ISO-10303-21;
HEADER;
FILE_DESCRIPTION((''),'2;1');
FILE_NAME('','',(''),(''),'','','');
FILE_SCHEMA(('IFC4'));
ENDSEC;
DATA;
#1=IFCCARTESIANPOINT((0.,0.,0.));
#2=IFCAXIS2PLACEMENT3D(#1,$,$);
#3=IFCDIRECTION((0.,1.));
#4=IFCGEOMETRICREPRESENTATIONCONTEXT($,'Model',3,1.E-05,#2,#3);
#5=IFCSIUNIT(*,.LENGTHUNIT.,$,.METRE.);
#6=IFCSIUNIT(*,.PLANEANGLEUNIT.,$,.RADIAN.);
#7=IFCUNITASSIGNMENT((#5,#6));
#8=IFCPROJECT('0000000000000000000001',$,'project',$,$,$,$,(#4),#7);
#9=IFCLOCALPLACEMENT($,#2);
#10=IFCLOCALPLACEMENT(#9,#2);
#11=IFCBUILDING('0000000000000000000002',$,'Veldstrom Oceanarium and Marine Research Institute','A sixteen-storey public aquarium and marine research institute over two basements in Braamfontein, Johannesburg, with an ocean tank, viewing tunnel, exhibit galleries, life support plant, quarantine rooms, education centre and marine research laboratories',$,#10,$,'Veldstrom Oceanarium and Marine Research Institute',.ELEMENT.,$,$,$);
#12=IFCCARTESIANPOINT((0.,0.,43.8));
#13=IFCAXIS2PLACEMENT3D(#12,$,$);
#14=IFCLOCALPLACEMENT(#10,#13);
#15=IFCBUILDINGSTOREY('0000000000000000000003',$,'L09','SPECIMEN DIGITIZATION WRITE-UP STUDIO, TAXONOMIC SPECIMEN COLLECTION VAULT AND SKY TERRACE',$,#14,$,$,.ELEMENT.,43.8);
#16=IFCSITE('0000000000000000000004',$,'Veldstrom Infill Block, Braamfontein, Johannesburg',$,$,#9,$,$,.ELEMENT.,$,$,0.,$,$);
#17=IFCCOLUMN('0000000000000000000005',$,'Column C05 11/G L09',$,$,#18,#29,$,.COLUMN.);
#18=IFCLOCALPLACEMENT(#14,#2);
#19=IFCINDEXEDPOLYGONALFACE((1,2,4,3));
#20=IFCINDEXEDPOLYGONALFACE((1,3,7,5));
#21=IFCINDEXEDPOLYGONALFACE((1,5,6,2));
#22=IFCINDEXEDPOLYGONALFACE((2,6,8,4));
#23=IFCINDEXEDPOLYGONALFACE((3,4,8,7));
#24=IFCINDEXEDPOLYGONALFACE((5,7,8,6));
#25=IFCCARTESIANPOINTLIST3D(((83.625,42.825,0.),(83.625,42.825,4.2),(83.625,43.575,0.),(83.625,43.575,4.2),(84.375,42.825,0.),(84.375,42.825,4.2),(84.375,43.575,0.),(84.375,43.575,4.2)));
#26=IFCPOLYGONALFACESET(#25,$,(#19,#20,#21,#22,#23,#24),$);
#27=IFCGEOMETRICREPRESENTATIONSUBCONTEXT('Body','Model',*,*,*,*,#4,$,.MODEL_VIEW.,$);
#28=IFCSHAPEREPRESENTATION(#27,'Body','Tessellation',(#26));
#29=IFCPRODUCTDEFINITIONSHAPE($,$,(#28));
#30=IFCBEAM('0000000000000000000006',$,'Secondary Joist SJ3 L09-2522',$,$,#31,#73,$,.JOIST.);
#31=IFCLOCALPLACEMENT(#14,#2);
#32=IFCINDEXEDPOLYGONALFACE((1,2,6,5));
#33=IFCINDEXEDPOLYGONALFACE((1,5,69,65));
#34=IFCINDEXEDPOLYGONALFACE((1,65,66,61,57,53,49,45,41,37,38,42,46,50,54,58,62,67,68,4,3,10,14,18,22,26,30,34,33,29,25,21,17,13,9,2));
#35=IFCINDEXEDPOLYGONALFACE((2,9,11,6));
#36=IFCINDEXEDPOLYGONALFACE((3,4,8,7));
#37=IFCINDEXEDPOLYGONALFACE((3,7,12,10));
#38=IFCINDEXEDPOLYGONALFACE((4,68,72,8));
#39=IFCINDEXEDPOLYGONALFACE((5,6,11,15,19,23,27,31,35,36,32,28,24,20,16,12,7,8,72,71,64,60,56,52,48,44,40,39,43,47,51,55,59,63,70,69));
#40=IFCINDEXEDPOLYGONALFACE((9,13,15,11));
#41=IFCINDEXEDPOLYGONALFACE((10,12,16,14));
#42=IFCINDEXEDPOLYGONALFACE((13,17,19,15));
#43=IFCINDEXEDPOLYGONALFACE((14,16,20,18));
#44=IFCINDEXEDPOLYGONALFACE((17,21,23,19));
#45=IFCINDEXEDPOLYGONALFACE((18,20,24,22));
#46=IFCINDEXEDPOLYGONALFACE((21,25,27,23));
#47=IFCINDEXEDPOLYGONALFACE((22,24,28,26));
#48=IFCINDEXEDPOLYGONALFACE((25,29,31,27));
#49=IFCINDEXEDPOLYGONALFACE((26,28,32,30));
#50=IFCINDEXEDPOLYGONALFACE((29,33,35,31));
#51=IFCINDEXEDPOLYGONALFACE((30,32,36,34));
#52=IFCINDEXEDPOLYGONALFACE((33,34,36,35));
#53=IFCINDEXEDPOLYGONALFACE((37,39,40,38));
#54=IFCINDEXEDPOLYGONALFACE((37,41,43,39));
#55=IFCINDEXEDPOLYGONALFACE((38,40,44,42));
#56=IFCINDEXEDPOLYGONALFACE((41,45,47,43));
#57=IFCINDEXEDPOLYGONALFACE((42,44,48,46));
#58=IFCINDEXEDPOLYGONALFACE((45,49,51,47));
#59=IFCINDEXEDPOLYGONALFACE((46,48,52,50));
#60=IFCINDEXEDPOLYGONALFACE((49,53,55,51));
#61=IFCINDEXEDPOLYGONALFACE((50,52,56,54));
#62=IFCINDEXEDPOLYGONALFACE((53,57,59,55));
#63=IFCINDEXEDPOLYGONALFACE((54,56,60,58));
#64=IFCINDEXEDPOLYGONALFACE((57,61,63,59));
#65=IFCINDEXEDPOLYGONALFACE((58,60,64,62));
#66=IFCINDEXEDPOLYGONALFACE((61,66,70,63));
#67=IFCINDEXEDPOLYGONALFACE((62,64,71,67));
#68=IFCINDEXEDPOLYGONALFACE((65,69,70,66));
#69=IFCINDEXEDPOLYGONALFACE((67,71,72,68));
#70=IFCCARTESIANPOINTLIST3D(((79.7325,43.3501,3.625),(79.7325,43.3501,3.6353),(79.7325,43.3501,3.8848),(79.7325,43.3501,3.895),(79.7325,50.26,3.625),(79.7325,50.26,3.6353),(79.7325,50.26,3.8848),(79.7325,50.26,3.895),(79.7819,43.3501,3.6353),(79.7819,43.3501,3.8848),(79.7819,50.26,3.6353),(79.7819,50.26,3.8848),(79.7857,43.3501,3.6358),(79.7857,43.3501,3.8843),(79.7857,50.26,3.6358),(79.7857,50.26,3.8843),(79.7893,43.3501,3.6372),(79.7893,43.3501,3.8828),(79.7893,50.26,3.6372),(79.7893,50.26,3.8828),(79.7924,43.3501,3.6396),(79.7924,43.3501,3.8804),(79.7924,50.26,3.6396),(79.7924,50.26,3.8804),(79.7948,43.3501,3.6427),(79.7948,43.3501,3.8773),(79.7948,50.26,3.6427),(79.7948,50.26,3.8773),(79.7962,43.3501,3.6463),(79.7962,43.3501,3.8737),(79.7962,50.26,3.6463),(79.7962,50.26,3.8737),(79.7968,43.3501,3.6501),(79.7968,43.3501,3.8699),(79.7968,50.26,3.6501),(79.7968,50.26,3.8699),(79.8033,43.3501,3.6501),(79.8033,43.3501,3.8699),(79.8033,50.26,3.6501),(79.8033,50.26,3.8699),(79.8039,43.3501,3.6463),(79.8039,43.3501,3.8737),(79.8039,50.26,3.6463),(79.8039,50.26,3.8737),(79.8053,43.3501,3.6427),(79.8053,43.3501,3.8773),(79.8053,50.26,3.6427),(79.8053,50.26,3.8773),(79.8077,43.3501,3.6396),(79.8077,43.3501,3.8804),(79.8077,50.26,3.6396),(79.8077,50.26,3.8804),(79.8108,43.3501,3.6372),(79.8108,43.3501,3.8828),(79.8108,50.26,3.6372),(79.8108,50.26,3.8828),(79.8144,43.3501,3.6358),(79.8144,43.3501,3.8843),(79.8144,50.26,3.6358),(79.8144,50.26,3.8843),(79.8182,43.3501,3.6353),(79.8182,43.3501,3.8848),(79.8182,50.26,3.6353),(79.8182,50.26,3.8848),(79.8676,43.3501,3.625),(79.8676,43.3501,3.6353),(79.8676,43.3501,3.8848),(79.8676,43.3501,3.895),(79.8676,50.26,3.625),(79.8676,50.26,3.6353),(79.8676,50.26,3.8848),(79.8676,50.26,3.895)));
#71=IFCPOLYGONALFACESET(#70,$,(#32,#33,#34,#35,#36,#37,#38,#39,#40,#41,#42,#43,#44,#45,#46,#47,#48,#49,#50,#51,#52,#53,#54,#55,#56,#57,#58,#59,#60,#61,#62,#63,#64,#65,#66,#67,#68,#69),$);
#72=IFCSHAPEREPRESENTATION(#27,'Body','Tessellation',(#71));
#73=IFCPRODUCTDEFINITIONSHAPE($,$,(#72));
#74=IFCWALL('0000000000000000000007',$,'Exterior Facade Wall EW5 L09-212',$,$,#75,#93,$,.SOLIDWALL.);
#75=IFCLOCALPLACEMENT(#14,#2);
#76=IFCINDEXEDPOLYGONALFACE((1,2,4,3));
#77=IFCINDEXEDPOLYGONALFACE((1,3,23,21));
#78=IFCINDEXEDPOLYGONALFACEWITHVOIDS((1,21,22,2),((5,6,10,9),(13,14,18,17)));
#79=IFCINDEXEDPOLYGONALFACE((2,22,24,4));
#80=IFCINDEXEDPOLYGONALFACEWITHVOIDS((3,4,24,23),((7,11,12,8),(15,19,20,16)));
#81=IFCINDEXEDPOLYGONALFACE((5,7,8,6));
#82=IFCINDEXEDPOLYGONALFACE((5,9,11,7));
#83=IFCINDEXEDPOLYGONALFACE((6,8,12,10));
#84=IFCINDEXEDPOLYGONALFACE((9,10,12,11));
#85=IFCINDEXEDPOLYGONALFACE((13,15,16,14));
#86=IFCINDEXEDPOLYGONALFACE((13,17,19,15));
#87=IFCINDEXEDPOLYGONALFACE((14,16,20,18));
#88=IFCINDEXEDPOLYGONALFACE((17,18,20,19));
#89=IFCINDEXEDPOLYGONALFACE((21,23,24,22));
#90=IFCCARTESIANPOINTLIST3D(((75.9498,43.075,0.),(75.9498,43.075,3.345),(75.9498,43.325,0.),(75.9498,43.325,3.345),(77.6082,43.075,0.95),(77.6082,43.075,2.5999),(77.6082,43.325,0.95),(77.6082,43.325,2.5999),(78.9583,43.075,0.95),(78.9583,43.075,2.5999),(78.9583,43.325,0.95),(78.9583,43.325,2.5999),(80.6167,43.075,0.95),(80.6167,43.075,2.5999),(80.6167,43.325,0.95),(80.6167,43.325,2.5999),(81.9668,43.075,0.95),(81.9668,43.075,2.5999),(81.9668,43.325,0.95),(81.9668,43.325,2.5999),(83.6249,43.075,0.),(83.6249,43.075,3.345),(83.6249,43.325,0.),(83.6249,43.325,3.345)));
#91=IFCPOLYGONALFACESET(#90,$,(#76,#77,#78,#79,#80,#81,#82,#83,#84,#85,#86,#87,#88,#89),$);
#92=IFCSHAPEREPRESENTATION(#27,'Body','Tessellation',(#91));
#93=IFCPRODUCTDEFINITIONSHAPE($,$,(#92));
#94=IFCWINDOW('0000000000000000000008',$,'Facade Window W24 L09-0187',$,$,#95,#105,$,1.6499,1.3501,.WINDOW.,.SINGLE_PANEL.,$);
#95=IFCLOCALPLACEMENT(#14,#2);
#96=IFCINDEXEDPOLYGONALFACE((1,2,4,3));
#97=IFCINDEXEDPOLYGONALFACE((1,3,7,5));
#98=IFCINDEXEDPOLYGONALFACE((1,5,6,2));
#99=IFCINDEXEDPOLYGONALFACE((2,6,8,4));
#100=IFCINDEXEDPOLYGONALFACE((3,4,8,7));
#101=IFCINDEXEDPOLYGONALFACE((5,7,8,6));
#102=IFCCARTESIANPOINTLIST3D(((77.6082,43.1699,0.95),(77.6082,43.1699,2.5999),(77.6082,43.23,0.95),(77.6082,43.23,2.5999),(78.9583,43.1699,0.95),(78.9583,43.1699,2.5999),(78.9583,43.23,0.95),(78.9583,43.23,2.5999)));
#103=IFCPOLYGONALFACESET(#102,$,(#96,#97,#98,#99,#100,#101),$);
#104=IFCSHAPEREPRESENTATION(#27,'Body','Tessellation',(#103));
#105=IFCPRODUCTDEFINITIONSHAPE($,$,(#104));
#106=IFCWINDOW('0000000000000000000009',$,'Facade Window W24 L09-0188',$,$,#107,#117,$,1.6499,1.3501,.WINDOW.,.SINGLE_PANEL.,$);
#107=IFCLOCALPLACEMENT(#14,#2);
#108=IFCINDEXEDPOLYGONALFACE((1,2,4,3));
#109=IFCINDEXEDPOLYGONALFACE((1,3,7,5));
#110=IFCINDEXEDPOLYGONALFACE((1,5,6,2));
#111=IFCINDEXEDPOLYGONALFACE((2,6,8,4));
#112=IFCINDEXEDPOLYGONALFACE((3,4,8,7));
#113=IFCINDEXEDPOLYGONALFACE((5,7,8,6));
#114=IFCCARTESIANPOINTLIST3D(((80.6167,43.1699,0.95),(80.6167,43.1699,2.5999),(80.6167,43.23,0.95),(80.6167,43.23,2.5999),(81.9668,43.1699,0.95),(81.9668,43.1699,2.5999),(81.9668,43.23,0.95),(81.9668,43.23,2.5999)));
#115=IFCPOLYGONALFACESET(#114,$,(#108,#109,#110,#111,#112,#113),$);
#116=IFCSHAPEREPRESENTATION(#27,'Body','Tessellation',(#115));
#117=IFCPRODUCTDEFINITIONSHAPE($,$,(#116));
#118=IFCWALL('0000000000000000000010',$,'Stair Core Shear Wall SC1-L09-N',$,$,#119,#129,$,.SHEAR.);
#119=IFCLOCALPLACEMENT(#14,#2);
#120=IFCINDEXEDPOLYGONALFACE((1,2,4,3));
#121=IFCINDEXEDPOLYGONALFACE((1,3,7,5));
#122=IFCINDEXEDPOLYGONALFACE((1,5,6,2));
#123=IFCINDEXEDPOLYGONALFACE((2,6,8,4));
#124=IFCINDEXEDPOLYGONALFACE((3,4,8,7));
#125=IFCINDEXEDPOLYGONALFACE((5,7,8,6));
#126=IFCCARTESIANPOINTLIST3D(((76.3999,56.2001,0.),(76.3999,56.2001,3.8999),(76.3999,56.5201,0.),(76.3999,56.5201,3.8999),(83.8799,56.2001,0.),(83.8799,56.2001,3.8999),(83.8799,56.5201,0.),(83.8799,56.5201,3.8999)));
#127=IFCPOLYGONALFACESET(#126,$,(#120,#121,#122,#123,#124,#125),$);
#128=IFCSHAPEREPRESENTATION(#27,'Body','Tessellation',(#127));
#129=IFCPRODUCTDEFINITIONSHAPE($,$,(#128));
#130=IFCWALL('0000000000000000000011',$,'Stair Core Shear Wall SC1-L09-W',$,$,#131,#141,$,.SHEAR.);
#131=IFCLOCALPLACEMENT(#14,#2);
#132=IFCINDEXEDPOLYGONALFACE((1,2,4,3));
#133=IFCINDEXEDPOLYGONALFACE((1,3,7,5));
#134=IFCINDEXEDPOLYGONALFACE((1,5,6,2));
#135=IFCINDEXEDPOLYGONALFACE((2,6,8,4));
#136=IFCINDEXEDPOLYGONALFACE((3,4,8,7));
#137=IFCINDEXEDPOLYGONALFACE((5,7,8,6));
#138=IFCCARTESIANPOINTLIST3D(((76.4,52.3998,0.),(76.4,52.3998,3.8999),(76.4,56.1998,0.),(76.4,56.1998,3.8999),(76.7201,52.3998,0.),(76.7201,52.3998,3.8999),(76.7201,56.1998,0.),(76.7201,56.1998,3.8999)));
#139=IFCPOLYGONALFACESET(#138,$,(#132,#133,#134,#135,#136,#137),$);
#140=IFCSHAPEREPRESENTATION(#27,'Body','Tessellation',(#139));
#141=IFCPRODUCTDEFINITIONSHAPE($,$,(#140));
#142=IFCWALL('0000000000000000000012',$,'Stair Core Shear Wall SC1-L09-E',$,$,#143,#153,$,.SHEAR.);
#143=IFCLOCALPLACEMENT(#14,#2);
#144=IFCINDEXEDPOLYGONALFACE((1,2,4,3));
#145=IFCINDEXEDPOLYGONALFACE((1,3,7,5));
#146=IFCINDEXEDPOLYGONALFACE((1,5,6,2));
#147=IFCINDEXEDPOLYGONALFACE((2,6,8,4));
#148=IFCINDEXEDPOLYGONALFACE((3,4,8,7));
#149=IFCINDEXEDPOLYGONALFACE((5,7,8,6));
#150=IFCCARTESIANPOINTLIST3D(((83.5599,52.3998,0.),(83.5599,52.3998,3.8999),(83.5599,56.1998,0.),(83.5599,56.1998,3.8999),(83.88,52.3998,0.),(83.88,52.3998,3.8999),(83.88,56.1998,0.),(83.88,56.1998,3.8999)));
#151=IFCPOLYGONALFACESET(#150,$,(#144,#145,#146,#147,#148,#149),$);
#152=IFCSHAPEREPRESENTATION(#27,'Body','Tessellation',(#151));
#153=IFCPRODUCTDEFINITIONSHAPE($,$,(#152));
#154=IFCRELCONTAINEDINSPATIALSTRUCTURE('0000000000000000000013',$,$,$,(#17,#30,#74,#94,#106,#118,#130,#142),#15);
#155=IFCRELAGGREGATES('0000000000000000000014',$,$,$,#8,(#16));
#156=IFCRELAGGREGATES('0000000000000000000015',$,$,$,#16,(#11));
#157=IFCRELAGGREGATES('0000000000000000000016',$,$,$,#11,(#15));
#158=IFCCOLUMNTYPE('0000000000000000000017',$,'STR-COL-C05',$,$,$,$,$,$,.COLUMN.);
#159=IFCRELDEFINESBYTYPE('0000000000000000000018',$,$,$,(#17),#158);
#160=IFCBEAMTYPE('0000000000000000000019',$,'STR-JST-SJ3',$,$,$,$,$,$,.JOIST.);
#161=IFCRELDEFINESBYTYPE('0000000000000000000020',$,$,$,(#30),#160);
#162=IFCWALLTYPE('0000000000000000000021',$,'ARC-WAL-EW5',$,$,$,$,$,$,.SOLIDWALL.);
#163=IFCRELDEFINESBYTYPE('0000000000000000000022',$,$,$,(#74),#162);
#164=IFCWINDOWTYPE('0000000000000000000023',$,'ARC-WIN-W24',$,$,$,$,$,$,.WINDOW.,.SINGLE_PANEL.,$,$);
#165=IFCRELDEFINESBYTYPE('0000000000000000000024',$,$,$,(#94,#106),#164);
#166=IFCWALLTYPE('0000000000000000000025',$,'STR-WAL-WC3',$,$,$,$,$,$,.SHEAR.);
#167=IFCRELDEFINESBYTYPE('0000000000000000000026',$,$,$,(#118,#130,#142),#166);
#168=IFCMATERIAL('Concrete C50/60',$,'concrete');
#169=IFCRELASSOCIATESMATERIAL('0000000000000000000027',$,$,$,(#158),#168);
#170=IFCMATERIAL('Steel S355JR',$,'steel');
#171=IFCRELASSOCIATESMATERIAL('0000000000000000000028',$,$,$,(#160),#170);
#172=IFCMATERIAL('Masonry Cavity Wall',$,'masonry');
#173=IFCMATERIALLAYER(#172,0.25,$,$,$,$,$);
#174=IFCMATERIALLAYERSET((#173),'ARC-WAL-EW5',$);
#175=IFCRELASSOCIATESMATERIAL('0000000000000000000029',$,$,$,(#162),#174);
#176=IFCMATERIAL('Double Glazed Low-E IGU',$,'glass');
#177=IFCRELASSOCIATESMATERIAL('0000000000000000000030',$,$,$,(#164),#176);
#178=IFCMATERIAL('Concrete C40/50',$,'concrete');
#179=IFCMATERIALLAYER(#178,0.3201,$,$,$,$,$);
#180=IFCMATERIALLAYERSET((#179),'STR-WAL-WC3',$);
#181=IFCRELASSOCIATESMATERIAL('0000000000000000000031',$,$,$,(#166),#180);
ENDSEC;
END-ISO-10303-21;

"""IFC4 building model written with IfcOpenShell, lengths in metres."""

from ifc_helpers import new_model, si_unit, direction, frame, frame_2d, origin, origin_2d, place, context, subcontext, project, spatial, rectangle, i_section, extrude, material, layer, layer_set, material_profile, profile_set, type_object, element, fill, save


model = new_model("IFC4")

# Units and contexts
model_context = context("Model", 3, precision=1e-05, world=origin(), true_north=direction((0.0, 1.0)))
body_context = subcontext(model_context, "Body", "Model", "MODEL_VIEW")
ifc_project = project(units=[si_unit("LENGTHUNIT", "METRE"), si_unit("PLANEANGLEUNIT", "RADIAN")], contexts=[model_context])

# Site, building, storey
site_placement = place(None, origin())
site = spatial("IfcSite", under=ifc_project, at=site_placement, Name="Veldstrom Infill Block, Braamfontein, Johannesburg", CompositionType="ELEMENT", RefElevation=0.0)
building_placement = place(site_placement, origin())
building = spatial("IfcBuilding", under=site, at=building_placement, Name="Veldstrom Oceanarium and Marine Research Institute", Description="A sixteen-storey public aquarium and marine research institute over two basements in Braamfontein, Johannesburg, with an ocean tank, viewing tunnel, exhibit galleries, life support plant, quarantine rooms, education centre and marine research laboratories", LongName="Veldstrom Oceanarium and Marine Research Institute", CompositionType="ELEMENT")
storey_placement = place(building_placement, frame((0.0, 0.0, 43.8)))
storey = spatial("IfcBuildingStorey", under=building, at=storey_placement, Name="L09", Description="SPECIMEN DIGITIZATION WRITE-UP STUDIO, TAXONOMIC SPECIMEN COLLECTION VAULT AND SKY TERRACE", CompositionType="ELEMENT", Elevation=43.8)

# Column
ifc_material_1 = material(Name="Concrete C50/60", Category="concrete")
ifc_material_profile_1 = material_profile(ifc_material_1, rectangle(XDim=0.75, YDim=0.75, at=origin_2d()), Name="RC-COL-750x750")
ifc_profile_set_1 = profile_set([ifc_material_profile_1], Name="Concrete C50/60")
column_type = type_object("IfcColumnType", Name="STR-COL-C05", PredefinedType="COLUMN", material=ifc_profile_set_1)
column_placement = place(storey_placement, frame((84.0, 43.2, 0.0), z_axis=(0.0, 0.0, 1.0), x_axis=(1.0, 0.0, 0.0)))
element("IfcColumn", 1, at=column_placement, inside=storey, type_object=column_type, Name="Column C05 11/G L09", PredefinedType="COLUMN", context=body_context, shape_type="SweptSolid", body=[
    extrude(rectangle(XDim=0.75, YDim=0.75, at=origin_2d()), origin(), (0.0, 0.0, 1.0), 4.2),
])

# Beam
ifc_material_2 = material(Name="Steel S355JR", Category="steel")
ifc_material_profile_2 = material_profile(ifc_material_2, i_section(OverallWidth=0.135, OverallDepth=0.27, WebThickness=0.0066, FlangeThickness=0.0103, FilletRadius=0.0149, at=origin_2d()), Name="IPE 270")
ifc_profile_set_2 = profile_set([ifc_material_profile_2], Name="Steel S355JR")
beam_type = type_object("IfcBeamType", Name="STR-JST-SJ3", PredefinedType="JOIST", material=ifc_profile_set_2)
beam_placement = place(storey_placement, frame((79.8, 43.3501, 3.76), z_axis=(0.0, 1.0, 0.0), x_axis=(-1.0, 0.0, 0.0)))
element("IfcBeam", 2, at=beam_placement, inside=storey, type_object=beam_type, Name="Secondary Joist SJ3 L09-2522", PredefinedType="JOIST", context=body_context, shape_type="SweptSolid", body=[
    extrude(i_section(OverallWidth=0.135, OverallDepth=0.27, WebThickness=0.0066, FlangeThickness=0.0103, FilletRadius=0.0149, at=origin_2d()), origin(), (0.0, 0.0, 1.0), 6.9099),
])

# Wall, openings, windows
ifc_material_3 = material(Name="Masonry Cavity Wall", Category="masonry")
ifc_layer_1 = layer(ifc_material_3, 0.25)
ifc_layer_set_1 = layer_set([ifc_layer_1], Name="ARC-WAL-EW5")
wall_type_1 = type_object("IfcWallType", Name="ARC-WAL-EW5", PredefinedType="SOLIDWALL", material=ifc_layer_set_1)
wall_1_placement = place(storey_placement, frame((75.95, 43.2, 0.0), z_axis=(0.0, 0.0, 1.0), x_axis=(1.0, 0.0, 0.0)))
wall_1 = element("IfcWall", 3, at=wall_1_placement, inside=storey, type_object=wall_type_1, Name="Exterior Facade Wall EW5 L09-212", PredefinedType="SOLIDWALL", context=body_context, shape_type="SweptSolid", body=[
    extrude(rectangle(XDim=7.675, YDim=0.25, at=frame_2d((3.8374, 0.0))), origin(), (0.0, 0.0, 1.0), 3.345),
])
opening_1_placement = place(wall_1_placement, frame((1.6582, 0.0, 0.95)))
opening_1 = element("IfcOpeningElement", 4, at=opening_1_placement, cuts=wall_1, PredefinedType="OPENING", context=body_context, shape_type="SweptSolid", body=[
    extrude(rectangle(XDim=1.3501, YDim=1.6499, at=frame_2d((0.675, 0.825))), frame((0.0, 0.135, 0.0), z_axis=(0.0, -1.0, 0.0), x_axis=(1.0, 0.0, 0.0)), (0.0, 0.0, 1.0), 0.27),
])
opening_2_placement = place(wall_1_placement, frame((4.6667, 0.0, 0.95)))
opening_2 = element("IfcOpeningElement", 5, at=opening_2_placement, cuts=wall_1, PredefinedType="OPENING", context=body_context, shape_type="SweptSolid", body=[
    extrude(rectangle(XDim=1.3501, YDim=1.6499, at=frame_2d((0.675, 0.825))), frame((0.0, 0.135, 0.0), z_axis=(0.0, -1.0, 0.0), x_axis=(1.0, 0.0, 0.0)), (0.0, 0.0, 1.0), 0.27),
])
ifc_material_4 = material(Name="Double Glazed Low-E IGU", Category="glass")
window_type = type_object("IfcWindowType", Name="ARC-WIN-W24", PartitioningType="SINGLE_PANEL", PredefinedType="WINDOW", material=ifc_material_4)
window_1_placement = place(opening_1_placement, origin())
window_1 = element("IfcWindow", 6, at=window_1_placement, inside=storey, type_object=window_type, Name="Facade Window W24 L09-0187", OverallHeight=1.6499, OverallWidth=1.3501, PartitioningType="SINGLE_PANEL", PredefinedType="WINDOW", context=body_context, shape_type="SweptSolid", body=[
    extrude(rectangle(XDim=1.3501, YDim=1.6499, at=frame_2d((0.675, 0.825))), frame((0.0, 0.03, 0.0), z_axis=(0.0, -1.0, 0.0), x_axis=(1.0, 0.0, 0.0)), (0.0, 0.0, 1.0), 0.0601),
])
fill(opening_1, window_1)
window_2_placement = place(opening_2_placement, origin())
window_2 = element("IfcWindow", 7, at=window_2_placement, inside=storey, type_object=window_type, Name="Facade Window W24 L09-0188", OverallHeight=1.6499, OverallWidth=1.3501, PartitioningType="SINGLE_PANEL", PredefinedType="WINDOW", context=body_context, shape_type="SweptSolid", body=[
    extrude(rectangle(XDim=1.3501, YDim=1.6499, at=frame_2d((0.675, 0.825))), frame((0.0, 0.03, 0.0), z_axis=(0.0, -1.0, 0.0), x_axis=(1.0, 0.0, 0.0)), (0.0, 0.0, 1.0), 0.0601),
])
fill(opening_2, window_2)

# Shared definitions
ifc_material_5 = material(Name="Concrete C40/50", Category="concrete")
ifc_layer_2 = layer(ifc_material_5, 0.3201)
ifc_layer_set_2 = layer_set([ifc_layer_2], Name="STR-WAL-WC3")
wall_type_2 = type_object("IfcWallType", Name="STR-WAL-WC3", PredefinedType="SHEAR", material=ifc_layer_set_2)

# Walls
wall_2_placement = place(storey_placement, frame((76.3999, 56.3601, 0.0), z_axis=(0.0, 0.0, 1.0), x_axis=(1.0, 0.0, 0.0)))
element("IfcWall", 8, at=wall_2_placement, inside=storey, type_object=wall_type_2, Name="Stair Core Shear Wall SC1-L09-N", PredefinedType="SHEAR", context=body_context, shape_type="SweptSolid", body=[
    extrude(rectangle(XDim=7.48, YDim=0.3201, at=frame_2d((3.74, 0.0))), origin(), (0.0, 0.0, 1.0), 3.8999),
])
for number, where, z_axis, x_axis, name in (
    (9, (76.5601, 52.3999, 0.0), (0.0, 0.0, 1.0), (0.0, 1.0, 0.0), "Stair Core Shear Wall SC1-L09-W"),
    (10, (83.72, 52.3999, 0.0), (0.0, 0.0, 1.0), (0.0, 1.0, 0.0), "Stair Core Shear Wall SC1-L09-E"),
):
    element("IfcWall", number, at=place(storey_placement, frame(where, z_axis=z_axis, x_axis=x_axis)), inside=storey, type_object=wall_type_2, Name=name, PredefinedType="SHEAR", context=body_context, shape_type="SweptSolid", body=[
        extrude(rectangle(XDim=3.8, YDim=0.3201, at=frame_2d((1.8999, 0.0))), origin(), (0.0, 0.0, 1.0), 3.8999),
    ])

save(model, "model.ifc")
